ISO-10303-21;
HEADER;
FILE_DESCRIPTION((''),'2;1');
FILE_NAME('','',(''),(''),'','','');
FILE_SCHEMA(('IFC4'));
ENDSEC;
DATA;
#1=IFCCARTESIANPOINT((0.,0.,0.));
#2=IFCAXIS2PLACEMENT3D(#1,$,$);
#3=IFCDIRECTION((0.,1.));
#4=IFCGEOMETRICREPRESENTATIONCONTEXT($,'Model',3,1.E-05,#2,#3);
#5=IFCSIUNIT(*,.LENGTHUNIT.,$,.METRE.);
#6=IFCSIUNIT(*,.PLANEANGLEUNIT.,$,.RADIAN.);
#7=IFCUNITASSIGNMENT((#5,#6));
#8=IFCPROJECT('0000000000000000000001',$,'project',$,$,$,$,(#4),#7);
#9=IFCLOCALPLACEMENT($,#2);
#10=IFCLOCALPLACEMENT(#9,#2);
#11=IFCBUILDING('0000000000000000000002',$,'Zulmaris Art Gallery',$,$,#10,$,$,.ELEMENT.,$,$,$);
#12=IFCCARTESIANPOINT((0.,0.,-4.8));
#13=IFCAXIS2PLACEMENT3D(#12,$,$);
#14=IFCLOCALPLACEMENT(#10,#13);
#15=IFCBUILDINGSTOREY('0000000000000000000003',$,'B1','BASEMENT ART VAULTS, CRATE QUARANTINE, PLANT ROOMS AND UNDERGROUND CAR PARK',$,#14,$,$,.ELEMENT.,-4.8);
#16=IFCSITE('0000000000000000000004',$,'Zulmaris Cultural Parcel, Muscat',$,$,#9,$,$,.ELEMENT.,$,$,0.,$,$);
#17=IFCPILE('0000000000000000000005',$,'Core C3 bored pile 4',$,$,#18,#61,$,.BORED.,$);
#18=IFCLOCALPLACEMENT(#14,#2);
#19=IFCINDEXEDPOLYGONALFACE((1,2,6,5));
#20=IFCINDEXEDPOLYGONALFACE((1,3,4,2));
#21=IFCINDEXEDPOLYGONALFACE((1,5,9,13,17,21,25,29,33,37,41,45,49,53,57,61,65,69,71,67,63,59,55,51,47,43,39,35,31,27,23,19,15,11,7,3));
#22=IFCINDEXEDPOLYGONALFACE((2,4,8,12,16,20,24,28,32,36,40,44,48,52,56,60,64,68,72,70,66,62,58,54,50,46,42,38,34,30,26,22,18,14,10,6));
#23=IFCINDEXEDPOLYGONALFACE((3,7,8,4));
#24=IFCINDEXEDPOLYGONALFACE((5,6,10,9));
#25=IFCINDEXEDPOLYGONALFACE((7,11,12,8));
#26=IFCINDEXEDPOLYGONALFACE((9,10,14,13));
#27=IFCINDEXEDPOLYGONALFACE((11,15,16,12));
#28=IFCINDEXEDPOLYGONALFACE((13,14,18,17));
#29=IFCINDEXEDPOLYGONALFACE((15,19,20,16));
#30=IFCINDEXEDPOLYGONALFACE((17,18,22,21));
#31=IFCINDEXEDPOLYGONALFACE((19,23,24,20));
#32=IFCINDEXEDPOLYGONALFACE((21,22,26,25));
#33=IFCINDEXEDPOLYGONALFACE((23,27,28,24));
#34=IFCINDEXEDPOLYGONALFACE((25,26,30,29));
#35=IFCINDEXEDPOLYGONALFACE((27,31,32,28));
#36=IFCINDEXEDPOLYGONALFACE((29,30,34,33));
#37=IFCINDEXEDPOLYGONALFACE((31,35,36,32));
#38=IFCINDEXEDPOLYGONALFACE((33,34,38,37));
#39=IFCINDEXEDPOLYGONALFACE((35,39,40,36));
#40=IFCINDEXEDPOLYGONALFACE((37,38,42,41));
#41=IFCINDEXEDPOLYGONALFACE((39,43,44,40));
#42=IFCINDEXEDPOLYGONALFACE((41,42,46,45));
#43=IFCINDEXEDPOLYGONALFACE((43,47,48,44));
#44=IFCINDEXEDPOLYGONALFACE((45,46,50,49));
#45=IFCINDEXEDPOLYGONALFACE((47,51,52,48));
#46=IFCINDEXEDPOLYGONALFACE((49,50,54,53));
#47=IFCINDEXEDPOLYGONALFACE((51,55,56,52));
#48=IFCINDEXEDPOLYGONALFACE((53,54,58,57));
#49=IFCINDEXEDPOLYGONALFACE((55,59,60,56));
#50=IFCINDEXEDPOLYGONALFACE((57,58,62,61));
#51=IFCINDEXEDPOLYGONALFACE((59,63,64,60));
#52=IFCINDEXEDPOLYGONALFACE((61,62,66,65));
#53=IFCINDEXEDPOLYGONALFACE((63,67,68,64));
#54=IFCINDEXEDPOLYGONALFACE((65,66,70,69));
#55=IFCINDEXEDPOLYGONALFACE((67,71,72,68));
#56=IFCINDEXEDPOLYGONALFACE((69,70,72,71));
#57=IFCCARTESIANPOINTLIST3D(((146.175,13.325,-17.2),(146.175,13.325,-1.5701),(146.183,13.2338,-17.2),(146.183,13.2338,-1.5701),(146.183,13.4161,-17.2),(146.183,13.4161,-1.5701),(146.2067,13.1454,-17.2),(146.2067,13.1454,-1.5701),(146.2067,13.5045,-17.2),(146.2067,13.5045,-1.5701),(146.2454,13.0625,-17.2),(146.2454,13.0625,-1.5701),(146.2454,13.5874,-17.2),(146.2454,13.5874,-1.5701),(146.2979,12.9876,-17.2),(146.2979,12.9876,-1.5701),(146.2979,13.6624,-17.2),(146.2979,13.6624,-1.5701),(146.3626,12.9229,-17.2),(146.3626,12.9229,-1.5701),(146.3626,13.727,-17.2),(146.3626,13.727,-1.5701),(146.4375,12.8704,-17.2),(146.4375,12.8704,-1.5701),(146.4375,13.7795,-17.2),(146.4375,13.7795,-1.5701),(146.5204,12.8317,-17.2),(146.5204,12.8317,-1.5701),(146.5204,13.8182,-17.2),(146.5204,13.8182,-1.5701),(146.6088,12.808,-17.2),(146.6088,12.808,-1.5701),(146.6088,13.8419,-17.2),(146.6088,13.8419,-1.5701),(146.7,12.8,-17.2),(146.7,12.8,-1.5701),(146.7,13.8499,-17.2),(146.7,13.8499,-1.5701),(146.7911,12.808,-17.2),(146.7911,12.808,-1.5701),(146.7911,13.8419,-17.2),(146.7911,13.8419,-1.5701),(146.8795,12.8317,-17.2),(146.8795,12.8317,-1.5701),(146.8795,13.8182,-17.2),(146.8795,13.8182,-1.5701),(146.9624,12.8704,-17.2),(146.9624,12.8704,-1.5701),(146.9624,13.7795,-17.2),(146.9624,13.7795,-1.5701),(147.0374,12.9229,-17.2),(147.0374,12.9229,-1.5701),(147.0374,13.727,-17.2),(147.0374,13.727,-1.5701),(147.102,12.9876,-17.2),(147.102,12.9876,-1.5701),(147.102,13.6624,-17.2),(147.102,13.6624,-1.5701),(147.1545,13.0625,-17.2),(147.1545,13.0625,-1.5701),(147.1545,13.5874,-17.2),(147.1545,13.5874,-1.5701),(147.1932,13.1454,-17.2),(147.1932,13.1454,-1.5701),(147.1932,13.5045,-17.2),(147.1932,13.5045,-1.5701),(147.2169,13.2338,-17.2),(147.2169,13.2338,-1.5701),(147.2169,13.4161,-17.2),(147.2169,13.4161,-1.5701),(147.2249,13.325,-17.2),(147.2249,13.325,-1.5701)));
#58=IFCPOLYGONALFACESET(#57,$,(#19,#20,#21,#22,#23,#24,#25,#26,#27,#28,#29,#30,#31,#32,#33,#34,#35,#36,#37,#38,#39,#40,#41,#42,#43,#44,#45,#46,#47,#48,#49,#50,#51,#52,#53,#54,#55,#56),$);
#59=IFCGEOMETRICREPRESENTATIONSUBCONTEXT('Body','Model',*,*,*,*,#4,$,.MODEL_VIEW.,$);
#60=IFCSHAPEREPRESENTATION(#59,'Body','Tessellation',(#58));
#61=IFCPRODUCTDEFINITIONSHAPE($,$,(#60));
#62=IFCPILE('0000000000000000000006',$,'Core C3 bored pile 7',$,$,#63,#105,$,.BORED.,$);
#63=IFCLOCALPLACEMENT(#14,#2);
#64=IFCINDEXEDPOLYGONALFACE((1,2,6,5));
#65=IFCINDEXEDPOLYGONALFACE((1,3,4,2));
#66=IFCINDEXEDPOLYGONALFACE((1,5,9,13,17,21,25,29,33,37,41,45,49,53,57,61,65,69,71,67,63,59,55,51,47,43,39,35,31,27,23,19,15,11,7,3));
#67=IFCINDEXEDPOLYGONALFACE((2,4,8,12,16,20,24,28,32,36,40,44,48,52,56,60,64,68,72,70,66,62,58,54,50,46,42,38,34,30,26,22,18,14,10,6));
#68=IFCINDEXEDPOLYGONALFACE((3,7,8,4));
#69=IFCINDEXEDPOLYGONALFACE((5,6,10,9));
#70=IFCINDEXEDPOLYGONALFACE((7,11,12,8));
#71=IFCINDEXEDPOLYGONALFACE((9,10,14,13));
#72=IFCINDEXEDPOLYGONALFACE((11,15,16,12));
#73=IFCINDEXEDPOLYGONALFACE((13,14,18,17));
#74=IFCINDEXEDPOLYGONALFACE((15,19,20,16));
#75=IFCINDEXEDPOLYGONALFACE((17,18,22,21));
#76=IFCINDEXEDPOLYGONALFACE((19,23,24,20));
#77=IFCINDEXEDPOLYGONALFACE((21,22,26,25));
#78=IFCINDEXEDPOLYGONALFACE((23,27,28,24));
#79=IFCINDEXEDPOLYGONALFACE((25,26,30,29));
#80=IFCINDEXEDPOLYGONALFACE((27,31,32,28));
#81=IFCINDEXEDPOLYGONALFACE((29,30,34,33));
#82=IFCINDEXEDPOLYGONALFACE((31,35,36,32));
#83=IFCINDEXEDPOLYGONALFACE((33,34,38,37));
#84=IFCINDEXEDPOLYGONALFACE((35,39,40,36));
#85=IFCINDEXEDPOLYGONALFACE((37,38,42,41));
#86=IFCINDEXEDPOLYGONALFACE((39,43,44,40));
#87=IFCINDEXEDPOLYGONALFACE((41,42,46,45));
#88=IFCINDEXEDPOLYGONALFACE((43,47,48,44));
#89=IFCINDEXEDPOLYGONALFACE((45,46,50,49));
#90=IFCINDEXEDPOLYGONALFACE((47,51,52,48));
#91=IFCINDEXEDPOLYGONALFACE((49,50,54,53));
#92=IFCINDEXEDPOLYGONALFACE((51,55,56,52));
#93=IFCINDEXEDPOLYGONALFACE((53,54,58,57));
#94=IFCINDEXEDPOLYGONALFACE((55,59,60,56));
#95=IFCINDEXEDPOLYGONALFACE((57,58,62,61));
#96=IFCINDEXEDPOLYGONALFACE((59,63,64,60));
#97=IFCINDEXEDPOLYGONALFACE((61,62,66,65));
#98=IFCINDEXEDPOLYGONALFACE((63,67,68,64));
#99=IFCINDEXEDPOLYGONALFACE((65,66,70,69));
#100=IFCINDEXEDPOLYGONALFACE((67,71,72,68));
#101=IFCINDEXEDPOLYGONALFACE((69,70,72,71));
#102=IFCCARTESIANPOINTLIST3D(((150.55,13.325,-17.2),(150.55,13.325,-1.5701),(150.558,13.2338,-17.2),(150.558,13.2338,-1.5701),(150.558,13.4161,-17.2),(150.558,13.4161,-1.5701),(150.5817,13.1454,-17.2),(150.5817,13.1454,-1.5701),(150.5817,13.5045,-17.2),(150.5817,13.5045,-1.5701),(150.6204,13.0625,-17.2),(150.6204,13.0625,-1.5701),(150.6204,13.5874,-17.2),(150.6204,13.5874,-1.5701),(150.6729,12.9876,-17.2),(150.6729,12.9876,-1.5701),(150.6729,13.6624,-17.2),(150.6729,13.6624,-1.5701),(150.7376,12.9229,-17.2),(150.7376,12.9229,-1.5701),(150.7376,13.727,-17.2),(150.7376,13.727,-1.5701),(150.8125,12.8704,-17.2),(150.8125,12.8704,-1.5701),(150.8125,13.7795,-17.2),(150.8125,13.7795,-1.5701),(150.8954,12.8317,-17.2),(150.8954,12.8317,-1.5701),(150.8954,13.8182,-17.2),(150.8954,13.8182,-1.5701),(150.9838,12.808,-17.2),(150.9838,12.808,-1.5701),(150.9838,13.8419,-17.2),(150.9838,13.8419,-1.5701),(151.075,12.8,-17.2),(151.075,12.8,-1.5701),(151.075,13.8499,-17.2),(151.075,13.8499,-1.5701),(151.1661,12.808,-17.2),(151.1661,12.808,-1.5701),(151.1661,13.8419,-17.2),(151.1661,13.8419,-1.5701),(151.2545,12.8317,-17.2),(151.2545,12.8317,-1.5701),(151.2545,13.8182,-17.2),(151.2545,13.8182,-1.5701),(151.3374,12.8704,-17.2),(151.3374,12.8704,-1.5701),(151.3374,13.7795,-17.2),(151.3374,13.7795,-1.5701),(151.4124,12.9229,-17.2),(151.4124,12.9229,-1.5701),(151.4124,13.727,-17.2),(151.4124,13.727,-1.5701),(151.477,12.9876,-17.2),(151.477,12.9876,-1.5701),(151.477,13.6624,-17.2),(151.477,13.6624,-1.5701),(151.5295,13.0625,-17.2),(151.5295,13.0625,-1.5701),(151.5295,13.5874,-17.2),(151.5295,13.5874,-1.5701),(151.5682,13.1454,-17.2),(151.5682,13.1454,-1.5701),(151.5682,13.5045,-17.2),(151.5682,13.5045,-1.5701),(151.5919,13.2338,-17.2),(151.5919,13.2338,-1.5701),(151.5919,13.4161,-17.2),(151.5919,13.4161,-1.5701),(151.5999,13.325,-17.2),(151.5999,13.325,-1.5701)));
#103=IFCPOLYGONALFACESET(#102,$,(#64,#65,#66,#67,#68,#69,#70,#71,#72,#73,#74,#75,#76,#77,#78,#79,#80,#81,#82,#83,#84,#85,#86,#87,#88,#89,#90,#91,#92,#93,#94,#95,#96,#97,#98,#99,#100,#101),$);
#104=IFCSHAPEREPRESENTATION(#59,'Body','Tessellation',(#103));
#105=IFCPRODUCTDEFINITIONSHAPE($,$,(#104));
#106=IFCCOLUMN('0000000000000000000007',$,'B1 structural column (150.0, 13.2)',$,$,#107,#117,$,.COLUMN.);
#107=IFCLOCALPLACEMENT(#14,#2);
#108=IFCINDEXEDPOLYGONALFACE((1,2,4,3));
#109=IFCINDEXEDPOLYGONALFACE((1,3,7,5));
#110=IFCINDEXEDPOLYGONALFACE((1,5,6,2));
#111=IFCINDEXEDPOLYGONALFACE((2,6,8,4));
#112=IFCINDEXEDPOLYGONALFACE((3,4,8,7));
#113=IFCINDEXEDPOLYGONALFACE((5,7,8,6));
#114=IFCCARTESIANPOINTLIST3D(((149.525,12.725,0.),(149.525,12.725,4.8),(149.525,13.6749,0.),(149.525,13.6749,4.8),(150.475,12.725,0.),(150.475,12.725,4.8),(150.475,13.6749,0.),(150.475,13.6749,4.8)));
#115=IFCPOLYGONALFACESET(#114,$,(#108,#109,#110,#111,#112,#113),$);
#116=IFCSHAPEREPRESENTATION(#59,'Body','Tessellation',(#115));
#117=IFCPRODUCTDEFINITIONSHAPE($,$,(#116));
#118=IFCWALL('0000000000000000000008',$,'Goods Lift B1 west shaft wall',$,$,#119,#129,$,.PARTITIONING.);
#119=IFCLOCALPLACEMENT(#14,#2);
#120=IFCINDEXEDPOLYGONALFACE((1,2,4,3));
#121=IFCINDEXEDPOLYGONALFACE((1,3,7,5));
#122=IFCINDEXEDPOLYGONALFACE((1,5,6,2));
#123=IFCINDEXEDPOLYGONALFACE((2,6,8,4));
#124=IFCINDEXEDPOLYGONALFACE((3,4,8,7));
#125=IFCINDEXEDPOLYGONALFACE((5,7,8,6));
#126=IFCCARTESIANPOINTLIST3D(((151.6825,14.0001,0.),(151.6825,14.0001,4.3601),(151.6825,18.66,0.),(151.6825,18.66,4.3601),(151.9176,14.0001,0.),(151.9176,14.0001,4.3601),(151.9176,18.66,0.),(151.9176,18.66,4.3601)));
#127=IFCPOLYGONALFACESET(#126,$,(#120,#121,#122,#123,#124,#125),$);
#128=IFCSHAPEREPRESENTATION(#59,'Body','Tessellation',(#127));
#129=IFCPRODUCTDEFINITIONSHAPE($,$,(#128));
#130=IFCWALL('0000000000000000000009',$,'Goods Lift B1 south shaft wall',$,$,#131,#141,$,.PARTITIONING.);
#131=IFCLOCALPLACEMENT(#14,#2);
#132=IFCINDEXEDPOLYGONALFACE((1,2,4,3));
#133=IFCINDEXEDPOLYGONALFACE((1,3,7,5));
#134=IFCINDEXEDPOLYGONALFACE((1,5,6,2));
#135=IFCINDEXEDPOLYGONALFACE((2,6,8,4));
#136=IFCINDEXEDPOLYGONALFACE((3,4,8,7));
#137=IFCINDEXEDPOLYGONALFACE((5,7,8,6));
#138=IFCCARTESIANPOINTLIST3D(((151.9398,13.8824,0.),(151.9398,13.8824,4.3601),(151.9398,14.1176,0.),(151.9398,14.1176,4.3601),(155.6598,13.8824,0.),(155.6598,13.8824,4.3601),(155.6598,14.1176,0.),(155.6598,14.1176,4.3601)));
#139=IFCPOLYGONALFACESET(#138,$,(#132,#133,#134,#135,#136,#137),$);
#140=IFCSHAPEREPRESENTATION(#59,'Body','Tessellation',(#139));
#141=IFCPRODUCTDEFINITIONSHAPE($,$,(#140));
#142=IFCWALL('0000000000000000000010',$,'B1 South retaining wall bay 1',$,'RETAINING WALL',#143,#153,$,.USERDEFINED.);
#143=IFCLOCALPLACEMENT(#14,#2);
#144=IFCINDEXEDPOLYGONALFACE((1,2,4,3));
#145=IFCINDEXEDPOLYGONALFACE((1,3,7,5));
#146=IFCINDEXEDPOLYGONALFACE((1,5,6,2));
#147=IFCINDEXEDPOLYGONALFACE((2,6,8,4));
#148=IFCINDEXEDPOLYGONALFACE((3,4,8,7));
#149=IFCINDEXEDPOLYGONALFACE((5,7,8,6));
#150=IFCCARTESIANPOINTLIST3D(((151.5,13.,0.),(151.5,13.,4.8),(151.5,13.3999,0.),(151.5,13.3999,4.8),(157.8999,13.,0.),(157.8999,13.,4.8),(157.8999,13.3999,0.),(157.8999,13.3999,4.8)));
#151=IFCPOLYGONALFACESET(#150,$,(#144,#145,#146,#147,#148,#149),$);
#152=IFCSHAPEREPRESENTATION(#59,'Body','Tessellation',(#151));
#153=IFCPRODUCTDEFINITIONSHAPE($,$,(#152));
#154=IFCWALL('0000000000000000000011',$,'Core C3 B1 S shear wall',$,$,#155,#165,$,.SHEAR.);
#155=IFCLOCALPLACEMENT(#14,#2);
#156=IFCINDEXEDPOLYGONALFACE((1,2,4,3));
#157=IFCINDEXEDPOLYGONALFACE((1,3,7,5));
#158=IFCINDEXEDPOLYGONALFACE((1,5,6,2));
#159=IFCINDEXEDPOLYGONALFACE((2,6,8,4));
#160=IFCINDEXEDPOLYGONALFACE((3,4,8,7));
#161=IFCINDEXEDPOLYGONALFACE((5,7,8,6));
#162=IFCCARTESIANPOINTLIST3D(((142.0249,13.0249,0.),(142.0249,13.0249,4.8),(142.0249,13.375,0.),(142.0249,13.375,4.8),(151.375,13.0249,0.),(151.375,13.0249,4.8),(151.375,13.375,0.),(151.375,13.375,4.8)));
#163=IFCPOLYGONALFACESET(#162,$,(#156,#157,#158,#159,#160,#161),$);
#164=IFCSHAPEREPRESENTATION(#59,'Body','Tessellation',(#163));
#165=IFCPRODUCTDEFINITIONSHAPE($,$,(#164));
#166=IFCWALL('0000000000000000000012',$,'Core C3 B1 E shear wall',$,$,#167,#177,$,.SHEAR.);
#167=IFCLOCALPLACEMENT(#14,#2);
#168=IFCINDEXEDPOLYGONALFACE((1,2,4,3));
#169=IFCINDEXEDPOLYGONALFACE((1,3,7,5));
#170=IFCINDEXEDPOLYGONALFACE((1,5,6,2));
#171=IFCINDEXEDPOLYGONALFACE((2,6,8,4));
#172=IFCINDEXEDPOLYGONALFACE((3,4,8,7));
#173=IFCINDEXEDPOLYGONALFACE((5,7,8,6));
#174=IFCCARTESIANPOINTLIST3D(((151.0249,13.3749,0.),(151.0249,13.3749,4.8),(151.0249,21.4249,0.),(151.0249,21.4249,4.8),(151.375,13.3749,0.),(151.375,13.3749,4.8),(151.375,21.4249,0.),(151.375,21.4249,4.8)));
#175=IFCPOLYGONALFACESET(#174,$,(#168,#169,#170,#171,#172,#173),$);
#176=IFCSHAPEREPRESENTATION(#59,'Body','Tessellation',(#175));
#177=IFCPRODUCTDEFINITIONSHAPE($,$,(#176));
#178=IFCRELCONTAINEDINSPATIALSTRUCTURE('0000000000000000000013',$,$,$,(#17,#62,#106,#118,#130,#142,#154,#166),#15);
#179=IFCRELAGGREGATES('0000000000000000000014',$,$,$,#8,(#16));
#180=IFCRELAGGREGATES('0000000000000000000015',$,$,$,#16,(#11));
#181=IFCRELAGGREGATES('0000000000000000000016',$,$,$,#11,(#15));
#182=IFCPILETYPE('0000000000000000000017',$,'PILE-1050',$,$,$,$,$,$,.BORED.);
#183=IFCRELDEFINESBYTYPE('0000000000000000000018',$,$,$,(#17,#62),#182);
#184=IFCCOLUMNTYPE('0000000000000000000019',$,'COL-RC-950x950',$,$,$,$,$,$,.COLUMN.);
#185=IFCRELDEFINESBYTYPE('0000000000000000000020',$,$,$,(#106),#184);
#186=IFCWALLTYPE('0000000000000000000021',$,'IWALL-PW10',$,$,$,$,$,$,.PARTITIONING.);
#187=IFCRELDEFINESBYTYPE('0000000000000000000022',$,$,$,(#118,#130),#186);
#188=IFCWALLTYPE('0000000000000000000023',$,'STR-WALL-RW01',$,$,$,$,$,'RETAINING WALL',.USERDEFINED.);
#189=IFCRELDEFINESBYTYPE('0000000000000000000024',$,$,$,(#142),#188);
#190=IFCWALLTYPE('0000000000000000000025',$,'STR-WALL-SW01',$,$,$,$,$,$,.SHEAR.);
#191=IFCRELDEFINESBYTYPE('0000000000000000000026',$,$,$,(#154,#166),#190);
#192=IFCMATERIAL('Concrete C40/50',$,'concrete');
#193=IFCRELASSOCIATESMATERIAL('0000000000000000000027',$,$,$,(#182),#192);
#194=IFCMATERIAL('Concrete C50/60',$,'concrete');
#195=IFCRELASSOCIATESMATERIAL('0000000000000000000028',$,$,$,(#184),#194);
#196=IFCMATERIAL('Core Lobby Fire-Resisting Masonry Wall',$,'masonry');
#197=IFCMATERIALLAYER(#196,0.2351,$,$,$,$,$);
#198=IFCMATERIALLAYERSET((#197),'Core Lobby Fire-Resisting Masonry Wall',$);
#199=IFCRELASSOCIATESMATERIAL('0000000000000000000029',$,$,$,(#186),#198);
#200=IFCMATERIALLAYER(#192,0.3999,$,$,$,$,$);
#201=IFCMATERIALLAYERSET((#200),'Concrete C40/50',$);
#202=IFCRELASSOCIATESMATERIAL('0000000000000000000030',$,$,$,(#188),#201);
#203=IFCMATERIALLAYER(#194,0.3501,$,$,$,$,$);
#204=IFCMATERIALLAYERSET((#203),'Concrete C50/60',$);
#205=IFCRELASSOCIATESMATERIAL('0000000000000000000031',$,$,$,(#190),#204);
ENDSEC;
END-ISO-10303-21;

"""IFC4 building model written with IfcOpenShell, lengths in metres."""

from ifc_helpers import new_model, si_unit, direction, frame, frame_2d, origin, origin_2d, place, context, subcontext, project, spatial, rectangle, circle, extrude, material, layer, layer_set, material_profile, profile_set, type_object, element, save


model = new_model("IFC4")

# Units and contexts
model_context = context("Model", 3, precision=1e-05, world=origin(), true_north=direction((0.0, 1.0)))
body_context = subcontext(model_context, "Body", "Model", "MODEL_VIEW")
ifc_project = project(units=[si_unit("LENGTHUNIT", "METRE"), si_unit("PLANEANGLEUNIT", "RADIAN")], contexts=[model_context])

# Site, building, storey
site_placement = place(None, origin())
site = spatial("IfcSite", under=ifc_project, at=site_placement, Name="Zulmaris Cultural Parcel, Muscat", CompositionType="ELEMENT", RefElevation=0.0)
building_placement = place(site_placement, origin())
building = spatial("IfcBuilding", under=site, at=building_placement, Name="Zulmaris Art Gallery", CompositionType="ELEMENT")
storey_placement = place(building_placement, frame((0.0, 0.0, -4.8)))
storey = spatial("IfcBuildingStorey", under=building, at=storey_placement, Name="B1", Description="BASEMENT ART VAULTS, CRATE QUARANTINE, PLANT ROOMS AND UNDERGROUND CAR PARK", CompositionType="ELEMENT", Elevation=-4.8)

# Piles
ifc_material_1 = material(Name="Concrete C40/50", Category="concrete")
ifc_material_profile_1 = material_profile(ifc_material_1, circle(Radius=0.5249, at=origin_2d()), Name="PILE DIA 1050")
ifc_profile_set_1 = profile_set([ifc_material_profile_1], Name="Concrete C40/50")
pile_type = type_object("IfcPileType", Name="PILE-1050", PredefinedType="BORED", material=ifc_profile_set_1)
for number, where, z_axis, x_axis, name in (
    (1, (146.7, 13.325, -1.5701), (0.0, 0.0, -1.0), (1.0, 0.0, 0.0), "Core C3 bored pile 4"),
    (2, (151.075, 13.325, -1.5701), (0.0, 0.0, -1.0), (1.0, 0.0, 0.0), "Core C3 bored pile 7"),
):
    element("IfcPile", number, at=place(storey_placement, frame(where, z_axis=z_axis, x_axis=x_axis)), inside=storey, type_object=pile_type, Name=name, PredefinedType="BORED", context=body_context, shape_type="SweptSolid", body=[
        extrude(circle(Radius=0.5249, at=origin_2d()), origin(), (0.0, 0.0, 1.0), 15.6299),
    ])

# Column
ifc_material_2 = material(Name="Concrete C50/60", Category="concrete")
ifc_material_profile_2 = material_profile(ifc_material_2, rectangle(XDim=0.95, YDim=0.95, at=origin_2d()), Name="RC 950x950")
ifc_profile_set_2 = profile_set([ifc_material_profile_2], Name="Concrete C50/60")
column_type = type_object("IfcColumnType", Name="COL-RC-950x950", PredefinedType="COLUMN", material=ifc_profile_set_2)
column_placement = place(storey_placement, frame((150.0, 13.2, 0.0), z_axis=(0.0, 0.0, 1.0), x_axis=(1.0, 0.0, 0.0)))
element("IfcColumn", 3, at=column_placement, inside=storey, type_object=column_type, Name="B1 structural column (150.0, 13.2)", PredefinedType="COLUMN", context=body_context, shape_type="SweptSolid", body=[
    extrude(rectangle(XDim=0.95, YDim=0.95, at=origin_2d()), origin(), (0.0, 0.0, 1.0), 4.8),
])

# Walls
ifc_material_3 = material(Name="Core Lobby Fire-Resisting Masonry Wall", Category="masonry")
ifc_layer_1 = layer(ifc_material_3, 0.2351)
ifc_layer_set_1 = layer_set([ifc_layer_1], Name="Core Lobby Fire-Resisting Masonry Wall")
wall_type_1 = type_object("IfcWallType", Name="IWALL-PW10", PredefinedType="PARTITIONING", material=ifc_layer_set_1)
wall_1_placement = place(storey_placement, frame((151.8, 14.0, 0.0), z_axis=(0.0, 0.0, 1.0), x_axis=(0.0, 1.0, 0.0)))
element("IfcWall", 4, at=wall_1_placement, inside=storey, type_object=wall_type_1, Name="Goods Lift B1 west shaft wall", PredefinedType="PARTITIONING", context=body_context, shape_type="SweptSolid", body=[
    extrude(rectangle(XDim=4.6599, YDim=0.2351, at=frame_2d((2.3301, 0.0))), origin(), (0.0, 0.0, 1.0), 4.3601),
])
wall_2_placement = place(storey_placement, frame((151.9399, 14.0, 0.0), z_axis=(0.0, 0.0, 1.0), x_axis=(1.0, 0.0, 0.0)))
element("IfcWall", 5, at=wall_2_placement, inside=storey, type_object=wall_type_1, Name="Goods Lift B1 south shaft wall", PredefinedType="PARTITIONING", context=body_context, shape_type="SweptSolid", body=[
    extrude(rectangle(XDim=3.72, YDim=0.2351, at=frame_2d((1.8599, 0.0))), origin(), (0.0, 0.0, 1.0), 4.3601),
])
ifc_layer_2 = layer(ifc_material_1, 0.3999)
ifc_layer_set_2 = layer_set([ifc_layer_2], Name="Concrete C40/50")
wall_type_2 = type_object("IfcWallType", Name="STR-WALL-RW01", ElementType="RETAINING WALL", PredefinedType="USERDEFINED", material=ifc_layer_set_2)
wall_3_placement = place(storey_placement, frame((151.5, 13.2, 0.0), z_axis=(0.0, 0.0, 1.0), x_axis=(1.0, 0.0, 0.0)))
element("IfcWall", 6, at=wall_3_placement, inside=storey, type_object=wall_type_2, Name="B1 South retaining wall bay 1", ObjectType="RETAINING WALL", PredefinedType="USERDEFINED", context=body_context, shape_type="SweptSolid", body=[
    extrude(rectangle(XDim=6.3999, YDim=0.3999, at=frame_2d((3.2, 0.0))), origin(), (0.0, 0.0, 1.0), 4.8),
])
ifc_layer_3 = layer(ifc_material_2, 0.3501)
ifc_layer_set_3 = layer_set([ifc_layer_3], Name="Concrete C50/60")
wall_type_3 = type_object("IfcWallType", Name="STR-WALL-SW01", PredefinedType="SHEAR", material=ifc_layer_set_3)
wall_4_placement = place(storey_placement, frame((151.375, 13.2, 0.0), z_axis=(0.0, 0.0, 1.0), x_axis=(-1.0, 0.0, 0.0)))
element("IfcWall", 7, at=wall_4_placement, inside=storey, type_object=wall_type_3, Name="Core C3 B1 S shear wall", PredefinedType="SHEAR", context=body_context, shape_type="SweptSolid", body=[
    extrude(rectangle(XDim=9.3501, YDim=0.3501, at=frame_2d((4.675, 0.0))), origin(), (0.0, 0.0, 1.0), 4.8),
])
wall_5_placement = place(storey_placement, frame((151.2, 13.375, 0.0), z_axis=(0.0, 0.0, 1.0), x_axis=(0.0, 1.0, 0.0)))
element("IfcWall", 8, at=wall_5_placement, inside=storey, type_object=wall_type_3, Name="Core C3 B1 E shear wall", PredefinedType="SHEAR", context=body_context, shape_type="SweptSolid", body=[
    extrude(rectangle(XDim=8.05, YDim=0.3501, at=frame_2d((4.0249, 0.0))), origin(), (0.0, 0.0, 1.0), 4.8),
])

save(model, "model.ifc")
